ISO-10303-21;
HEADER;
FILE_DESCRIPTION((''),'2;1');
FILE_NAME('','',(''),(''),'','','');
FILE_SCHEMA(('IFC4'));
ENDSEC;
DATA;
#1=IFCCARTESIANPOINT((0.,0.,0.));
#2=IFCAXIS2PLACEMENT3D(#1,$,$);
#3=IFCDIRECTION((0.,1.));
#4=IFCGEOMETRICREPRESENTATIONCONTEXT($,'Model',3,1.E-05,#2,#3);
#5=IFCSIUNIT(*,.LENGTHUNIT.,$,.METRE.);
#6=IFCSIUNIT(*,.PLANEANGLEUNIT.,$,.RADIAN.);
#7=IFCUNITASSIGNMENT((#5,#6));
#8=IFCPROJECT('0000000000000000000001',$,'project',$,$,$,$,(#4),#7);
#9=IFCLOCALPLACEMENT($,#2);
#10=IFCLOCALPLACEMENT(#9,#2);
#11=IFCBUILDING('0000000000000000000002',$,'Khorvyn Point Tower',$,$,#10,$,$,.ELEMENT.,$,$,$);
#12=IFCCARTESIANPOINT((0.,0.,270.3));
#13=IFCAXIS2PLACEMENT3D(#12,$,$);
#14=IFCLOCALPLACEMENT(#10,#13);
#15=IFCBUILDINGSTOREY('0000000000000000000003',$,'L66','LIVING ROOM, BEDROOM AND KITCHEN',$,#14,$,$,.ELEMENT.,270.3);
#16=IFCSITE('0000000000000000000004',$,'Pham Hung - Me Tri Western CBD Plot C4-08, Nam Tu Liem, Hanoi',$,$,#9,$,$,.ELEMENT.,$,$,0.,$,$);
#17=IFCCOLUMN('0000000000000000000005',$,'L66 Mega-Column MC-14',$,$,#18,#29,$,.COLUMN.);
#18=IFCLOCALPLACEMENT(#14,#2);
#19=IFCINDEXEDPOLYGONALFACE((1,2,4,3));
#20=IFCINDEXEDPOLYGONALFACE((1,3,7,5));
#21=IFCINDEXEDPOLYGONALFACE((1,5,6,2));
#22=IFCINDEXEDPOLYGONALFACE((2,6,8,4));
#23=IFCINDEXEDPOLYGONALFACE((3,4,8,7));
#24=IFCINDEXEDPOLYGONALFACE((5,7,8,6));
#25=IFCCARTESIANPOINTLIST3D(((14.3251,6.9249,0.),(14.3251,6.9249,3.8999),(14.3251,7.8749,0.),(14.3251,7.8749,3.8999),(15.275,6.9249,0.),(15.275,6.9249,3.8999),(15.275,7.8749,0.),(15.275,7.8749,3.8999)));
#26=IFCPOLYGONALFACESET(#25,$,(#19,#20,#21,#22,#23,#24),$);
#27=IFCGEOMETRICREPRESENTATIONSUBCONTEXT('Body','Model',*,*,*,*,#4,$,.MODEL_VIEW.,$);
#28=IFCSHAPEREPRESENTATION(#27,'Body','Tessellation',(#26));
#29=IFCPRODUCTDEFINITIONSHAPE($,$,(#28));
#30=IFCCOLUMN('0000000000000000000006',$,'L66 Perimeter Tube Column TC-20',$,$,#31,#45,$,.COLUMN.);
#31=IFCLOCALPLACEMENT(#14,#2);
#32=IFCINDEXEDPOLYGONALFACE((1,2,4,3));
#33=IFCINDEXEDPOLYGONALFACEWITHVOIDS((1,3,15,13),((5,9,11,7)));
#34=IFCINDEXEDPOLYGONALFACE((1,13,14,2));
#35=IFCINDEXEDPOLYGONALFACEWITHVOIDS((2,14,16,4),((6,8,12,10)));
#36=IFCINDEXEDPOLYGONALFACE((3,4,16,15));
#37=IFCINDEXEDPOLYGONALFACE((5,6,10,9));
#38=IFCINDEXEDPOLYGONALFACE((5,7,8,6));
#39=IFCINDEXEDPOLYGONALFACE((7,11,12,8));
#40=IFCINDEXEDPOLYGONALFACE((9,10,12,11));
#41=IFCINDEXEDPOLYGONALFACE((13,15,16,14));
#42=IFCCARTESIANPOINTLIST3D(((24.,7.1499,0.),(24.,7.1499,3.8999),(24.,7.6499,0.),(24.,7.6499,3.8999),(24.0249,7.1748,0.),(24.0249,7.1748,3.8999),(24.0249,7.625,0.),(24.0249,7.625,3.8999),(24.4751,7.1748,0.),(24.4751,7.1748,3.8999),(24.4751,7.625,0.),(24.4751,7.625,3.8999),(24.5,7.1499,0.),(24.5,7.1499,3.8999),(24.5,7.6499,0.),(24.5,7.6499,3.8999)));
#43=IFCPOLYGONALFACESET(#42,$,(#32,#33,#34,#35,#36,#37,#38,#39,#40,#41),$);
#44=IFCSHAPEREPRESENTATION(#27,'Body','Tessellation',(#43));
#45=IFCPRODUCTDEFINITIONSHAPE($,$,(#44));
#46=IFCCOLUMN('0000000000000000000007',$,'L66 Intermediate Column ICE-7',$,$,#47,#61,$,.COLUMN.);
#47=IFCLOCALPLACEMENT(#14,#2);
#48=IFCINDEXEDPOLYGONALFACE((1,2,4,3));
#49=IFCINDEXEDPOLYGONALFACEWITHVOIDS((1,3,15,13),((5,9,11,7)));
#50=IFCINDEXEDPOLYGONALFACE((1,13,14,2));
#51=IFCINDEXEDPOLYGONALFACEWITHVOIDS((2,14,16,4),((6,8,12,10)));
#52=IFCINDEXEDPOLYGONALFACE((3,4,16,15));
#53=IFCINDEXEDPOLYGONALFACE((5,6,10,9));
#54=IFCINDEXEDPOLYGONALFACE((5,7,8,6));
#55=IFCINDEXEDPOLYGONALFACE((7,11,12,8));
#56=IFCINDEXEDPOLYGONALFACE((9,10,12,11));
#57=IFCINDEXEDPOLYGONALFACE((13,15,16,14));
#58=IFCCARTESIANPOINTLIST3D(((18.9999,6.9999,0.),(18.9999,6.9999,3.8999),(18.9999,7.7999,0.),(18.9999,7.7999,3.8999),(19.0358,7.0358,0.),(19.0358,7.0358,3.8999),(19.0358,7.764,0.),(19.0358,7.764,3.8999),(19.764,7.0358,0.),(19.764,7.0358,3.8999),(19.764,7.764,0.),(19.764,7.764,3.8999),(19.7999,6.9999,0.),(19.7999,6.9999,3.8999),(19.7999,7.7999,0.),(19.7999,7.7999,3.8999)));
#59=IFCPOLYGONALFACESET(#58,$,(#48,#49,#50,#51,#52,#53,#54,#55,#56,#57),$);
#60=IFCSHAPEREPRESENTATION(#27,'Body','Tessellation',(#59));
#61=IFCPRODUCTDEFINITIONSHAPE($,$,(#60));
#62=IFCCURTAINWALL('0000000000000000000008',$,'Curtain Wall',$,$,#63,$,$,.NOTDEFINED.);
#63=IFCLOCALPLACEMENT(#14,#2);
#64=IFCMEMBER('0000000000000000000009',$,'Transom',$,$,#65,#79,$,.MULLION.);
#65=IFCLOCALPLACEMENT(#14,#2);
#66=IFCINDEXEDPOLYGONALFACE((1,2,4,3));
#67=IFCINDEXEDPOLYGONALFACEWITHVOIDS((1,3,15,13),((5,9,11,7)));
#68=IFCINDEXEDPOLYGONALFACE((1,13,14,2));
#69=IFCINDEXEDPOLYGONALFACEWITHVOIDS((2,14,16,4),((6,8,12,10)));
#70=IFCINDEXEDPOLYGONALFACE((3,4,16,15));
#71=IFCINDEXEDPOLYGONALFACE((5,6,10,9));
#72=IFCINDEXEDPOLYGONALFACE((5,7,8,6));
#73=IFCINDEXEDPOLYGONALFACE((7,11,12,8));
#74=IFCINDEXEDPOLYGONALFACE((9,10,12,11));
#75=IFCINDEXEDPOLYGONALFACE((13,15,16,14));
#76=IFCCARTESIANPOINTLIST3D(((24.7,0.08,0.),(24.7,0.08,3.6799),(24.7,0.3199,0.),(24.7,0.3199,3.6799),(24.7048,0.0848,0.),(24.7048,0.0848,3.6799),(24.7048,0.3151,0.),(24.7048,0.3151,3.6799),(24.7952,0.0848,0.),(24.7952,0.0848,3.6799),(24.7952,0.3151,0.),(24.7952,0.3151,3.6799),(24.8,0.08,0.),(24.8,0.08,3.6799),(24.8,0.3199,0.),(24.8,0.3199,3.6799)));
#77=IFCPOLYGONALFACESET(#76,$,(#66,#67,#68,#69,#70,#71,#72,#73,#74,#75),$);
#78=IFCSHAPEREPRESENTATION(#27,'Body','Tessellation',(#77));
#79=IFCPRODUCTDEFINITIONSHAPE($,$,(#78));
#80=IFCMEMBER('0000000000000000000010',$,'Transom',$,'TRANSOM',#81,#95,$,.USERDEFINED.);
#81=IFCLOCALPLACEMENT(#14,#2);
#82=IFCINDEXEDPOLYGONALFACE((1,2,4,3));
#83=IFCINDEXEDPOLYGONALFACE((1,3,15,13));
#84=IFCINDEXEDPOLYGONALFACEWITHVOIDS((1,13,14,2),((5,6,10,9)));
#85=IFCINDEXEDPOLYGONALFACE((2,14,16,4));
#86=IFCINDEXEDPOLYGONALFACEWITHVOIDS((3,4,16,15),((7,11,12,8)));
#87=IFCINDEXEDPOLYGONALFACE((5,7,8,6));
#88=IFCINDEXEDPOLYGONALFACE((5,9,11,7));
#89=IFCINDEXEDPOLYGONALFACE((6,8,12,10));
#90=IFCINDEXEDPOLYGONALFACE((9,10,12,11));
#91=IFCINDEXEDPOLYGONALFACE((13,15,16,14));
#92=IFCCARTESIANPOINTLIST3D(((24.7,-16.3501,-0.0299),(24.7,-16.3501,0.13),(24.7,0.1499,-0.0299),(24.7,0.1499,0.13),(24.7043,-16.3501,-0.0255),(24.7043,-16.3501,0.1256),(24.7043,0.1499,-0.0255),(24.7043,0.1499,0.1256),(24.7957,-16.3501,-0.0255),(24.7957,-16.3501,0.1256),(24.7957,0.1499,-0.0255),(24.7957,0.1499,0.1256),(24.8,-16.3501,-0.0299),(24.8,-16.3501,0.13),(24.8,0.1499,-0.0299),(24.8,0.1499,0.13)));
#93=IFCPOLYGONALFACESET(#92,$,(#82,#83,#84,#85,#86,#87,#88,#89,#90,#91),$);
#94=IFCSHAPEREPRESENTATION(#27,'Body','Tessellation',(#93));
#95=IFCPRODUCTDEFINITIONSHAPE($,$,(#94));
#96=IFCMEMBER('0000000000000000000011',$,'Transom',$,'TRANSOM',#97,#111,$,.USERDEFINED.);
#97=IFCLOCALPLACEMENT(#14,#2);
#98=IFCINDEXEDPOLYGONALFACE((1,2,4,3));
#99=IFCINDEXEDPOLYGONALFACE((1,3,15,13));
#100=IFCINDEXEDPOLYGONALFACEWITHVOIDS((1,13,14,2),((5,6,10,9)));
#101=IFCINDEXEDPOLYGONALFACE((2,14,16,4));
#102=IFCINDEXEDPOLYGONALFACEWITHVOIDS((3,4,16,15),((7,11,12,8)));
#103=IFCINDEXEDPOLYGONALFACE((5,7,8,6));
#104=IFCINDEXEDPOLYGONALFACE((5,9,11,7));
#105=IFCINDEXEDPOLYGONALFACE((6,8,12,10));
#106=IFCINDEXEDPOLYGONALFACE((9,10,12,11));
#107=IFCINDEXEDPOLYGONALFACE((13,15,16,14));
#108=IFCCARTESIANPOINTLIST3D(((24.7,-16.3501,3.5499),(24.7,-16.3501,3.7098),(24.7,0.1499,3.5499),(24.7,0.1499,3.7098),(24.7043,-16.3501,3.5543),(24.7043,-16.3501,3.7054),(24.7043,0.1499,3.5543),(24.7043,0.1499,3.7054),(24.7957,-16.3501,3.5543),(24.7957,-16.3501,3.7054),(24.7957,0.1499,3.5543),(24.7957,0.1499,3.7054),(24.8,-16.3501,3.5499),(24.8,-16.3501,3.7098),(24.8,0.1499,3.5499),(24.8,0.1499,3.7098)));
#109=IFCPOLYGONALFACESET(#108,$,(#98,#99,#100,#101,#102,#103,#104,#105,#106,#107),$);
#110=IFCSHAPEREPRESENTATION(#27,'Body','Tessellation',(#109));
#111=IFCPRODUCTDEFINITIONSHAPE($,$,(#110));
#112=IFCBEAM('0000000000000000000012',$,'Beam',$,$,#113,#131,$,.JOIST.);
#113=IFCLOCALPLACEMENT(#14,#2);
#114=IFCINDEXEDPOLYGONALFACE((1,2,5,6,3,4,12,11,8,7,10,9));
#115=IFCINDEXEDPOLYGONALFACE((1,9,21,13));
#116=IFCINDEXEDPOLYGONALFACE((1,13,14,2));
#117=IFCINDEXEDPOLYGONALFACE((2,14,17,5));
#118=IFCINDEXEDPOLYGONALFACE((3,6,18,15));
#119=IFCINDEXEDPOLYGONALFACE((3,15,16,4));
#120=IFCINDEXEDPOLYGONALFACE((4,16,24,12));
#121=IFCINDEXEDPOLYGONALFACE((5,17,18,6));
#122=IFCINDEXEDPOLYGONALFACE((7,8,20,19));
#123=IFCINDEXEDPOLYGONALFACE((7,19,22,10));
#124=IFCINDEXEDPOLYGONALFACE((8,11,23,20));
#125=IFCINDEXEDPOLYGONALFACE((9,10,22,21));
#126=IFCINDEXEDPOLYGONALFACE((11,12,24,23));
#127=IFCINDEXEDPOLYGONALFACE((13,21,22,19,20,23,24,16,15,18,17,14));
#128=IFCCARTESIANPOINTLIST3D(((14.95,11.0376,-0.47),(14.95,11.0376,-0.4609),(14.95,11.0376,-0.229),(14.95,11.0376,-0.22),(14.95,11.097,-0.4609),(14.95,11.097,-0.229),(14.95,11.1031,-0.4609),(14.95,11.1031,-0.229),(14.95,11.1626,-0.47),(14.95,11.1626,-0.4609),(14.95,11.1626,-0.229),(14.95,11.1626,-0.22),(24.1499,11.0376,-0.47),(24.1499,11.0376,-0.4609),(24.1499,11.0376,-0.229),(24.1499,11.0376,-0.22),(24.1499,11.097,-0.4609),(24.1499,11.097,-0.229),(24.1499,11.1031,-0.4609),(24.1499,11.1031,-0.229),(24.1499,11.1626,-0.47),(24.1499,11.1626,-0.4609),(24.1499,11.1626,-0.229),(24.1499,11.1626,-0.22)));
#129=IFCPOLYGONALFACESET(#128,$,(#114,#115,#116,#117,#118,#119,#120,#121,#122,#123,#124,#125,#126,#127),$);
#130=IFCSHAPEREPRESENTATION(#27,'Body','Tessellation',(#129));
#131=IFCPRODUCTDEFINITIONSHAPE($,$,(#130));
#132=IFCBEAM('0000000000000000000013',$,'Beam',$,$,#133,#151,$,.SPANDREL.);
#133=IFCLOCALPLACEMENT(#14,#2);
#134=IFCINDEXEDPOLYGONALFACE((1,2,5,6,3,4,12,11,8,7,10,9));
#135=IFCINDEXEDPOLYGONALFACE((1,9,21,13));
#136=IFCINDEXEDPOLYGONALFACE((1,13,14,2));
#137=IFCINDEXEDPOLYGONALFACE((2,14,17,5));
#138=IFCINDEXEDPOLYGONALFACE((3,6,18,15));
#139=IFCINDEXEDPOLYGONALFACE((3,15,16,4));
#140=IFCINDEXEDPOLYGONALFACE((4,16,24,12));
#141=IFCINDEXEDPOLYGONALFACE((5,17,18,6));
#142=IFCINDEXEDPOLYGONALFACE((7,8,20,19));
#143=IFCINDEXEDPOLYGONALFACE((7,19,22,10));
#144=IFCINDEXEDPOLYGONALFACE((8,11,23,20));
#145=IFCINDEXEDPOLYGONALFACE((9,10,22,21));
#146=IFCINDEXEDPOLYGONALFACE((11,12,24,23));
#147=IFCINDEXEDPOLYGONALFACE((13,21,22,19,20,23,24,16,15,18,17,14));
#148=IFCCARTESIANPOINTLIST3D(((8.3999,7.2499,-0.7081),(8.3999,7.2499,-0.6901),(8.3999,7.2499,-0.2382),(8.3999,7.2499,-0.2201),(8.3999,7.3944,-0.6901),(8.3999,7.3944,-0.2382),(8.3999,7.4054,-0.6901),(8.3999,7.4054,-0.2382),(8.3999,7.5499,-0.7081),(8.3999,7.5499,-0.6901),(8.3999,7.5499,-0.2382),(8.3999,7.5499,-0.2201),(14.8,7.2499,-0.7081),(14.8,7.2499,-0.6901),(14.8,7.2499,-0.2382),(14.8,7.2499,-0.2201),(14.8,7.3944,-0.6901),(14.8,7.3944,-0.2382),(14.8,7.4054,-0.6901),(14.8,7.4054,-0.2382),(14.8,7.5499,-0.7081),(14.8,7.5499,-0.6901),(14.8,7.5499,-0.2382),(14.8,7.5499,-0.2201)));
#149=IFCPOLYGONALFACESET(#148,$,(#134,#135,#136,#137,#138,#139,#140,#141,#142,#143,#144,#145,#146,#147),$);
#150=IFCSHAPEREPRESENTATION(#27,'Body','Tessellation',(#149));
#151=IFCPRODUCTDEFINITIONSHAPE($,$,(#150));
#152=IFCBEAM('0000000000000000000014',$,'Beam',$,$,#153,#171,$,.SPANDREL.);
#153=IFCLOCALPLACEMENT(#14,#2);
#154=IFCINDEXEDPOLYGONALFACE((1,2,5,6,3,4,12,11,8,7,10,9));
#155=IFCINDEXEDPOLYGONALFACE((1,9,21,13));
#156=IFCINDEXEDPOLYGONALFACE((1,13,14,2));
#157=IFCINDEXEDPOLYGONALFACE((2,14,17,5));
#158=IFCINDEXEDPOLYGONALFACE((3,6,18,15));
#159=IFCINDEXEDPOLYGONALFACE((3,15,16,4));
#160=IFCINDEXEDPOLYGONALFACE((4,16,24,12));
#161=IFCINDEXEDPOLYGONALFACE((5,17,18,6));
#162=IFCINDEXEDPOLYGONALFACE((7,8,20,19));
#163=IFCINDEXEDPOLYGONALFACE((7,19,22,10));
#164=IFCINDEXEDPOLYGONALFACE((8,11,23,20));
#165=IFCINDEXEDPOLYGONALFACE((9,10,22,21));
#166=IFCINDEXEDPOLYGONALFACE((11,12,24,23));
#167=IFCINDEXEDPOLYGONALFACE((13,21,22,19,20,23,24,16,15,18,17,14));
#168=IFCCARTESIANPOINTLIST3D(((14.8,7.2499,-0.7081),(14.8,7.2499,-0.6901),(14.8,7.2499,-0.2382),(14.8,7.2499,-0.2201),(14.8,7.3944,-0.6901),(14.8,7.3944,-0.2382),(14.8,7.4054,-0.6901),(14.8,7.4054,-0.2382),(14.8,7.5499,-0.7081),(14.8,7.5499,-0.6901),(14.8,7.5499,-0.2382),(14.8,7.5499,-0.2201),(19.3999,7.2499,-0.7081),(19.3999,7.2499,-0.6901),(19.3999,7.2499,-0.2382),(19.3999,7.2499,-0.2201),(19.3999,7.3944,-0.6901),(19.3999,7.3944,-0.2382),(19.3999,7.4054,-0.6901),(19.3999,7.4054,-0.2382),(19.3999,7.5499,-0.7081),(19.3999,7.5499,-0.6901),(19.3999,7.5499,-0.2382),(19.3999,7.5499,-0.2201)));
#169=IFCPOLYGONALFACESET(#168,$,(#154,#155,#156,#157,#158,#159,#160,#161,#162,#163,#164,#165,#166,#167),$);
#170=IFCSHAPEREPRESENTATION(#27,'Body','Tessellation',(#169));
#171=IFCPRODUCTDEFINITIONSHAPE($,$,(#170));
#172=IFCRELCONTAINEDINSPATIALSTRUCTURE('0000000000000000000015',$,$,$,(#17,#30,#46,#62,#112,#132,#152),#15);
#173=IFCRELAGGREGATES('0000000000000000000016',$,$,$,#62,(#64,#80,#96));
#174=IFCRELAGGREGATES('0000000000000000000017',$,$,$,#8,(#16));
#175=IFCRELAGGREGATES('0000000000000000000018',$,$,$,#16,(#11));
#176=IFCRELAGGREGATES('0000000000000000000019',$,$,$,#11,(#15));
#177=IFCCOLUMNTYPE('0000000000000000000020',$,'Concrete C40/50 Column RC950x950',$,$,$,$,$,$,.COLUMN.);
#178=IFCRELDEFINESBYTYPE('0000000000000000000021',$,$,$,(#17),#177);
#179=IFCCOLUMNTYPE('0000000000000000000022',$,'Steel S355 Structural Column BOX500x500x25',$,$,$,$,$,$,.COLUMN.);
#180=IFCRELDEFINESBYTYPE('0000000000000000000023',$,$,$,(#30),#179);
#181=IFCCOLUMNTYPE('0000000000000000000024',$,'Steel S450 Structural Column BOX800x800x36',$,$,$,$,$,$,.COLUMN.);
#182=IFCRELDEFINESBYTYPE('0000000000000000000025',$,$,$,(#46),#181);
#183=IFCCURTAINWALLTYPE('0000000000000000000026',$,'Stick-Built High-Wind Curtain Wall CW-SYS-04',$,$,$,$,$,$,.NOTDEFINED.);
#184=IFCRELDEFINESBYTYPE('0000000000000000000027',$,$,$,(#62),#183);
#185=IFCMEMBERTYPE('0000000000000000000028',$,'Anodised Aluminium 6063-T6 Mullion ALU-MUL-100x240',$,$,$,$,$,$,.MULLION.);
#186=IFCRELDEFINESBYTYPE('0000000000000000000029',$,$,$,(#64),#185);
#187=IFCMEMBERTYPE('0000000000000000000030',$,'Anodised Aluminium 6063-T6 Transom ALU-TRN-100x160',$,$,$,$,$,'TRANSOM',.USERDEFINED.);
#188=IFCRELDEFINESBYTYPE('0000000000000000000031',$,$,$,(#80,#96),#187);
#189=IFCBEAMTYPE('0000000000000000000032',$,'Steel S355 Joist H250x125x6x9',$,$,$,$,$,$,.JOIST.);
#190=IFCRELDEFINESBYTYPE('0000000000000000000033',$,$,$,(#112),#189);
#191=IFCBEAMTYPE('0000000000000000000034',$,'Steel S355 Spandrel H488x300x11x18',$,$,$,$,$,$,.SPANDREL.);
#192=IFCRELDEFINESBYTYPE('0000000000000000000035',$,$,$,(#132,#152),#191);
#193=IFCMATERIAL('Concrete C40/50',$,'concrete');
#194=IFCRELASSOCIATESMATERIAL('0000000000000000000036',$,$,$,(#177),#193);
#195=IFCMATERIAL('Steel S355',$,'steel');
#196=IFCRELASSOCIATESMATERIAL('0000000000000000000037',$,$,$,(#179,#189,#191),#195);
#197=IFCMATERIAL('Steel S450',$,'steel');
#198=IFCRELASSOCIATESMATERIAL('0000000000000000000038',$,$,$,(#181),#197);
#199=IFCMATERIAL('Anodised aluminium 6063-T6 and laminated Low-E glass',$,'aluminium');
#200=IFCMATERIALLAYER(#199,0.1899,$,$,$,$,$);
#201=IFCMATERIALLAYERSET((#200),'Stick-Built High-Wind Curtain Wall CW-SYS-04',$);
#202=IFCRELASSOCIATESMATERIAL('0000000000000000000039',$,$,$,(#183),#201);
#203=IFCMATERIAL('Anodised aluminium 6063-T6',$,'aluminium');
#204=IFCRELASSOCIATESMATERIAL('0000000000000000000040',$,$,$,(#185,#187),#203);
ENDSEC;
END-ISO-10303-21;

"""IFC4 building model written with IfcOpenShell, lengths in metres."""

from ifc_helpers import new_model, si_unit, direction, frame, origin, origin_2d, place, context, subcontext, project, spatial, rectangle, hollow_rectangle, i_section, extrude, material, layer, layer_set, material_profile, profile_set, type_object, element, aggregate, save


model = new_model("IFC4")

# Units and contexts
model_context = context("Model", 3, precision=1e-05, world=origin(), true_north=direction((0.0, 1.0)))
body_context = subcontext(model_context, "Body", "Model", "MODEL_VIEW")
ifc_project = project(units=[si_unit("LENGTHUNIT", "METRE"), si_unit("PLANEANGLEUNIT", "RADIAN")], contexts=[model_context])

# Site, building, storey
site_placement = place(None, origin())
site = spatial("IfcSite", under=ifc_project, at=site_placement, Name="Pham Hung - Me Tri Western CBD Plot C4-08, Nam Tu Liem, Hanoi", CompositionType="ELEMENT", RefElevation=0.0)
building_placement = place(site_placement, origin())
building = spatial("IfcBuilding", under=site, at=building_placement, Name="Khorvyn Point Tower", CompositionType="ELEMENT")
storey_placement = place(building_placement, frame((0.0, 0.0, 270.3)))
storey = spatial("IfcBuildingStorey", under=building, at=storey_placement, Name="L66", Description="LIVING ROOM, BEDROOM AND KITCHEN", CompositionType="ELEMENT", Elevation=270.3)

# Columns
ifc_material_1 = material(Name="Concrete C40/50", Category="concrete")
ifc_material_profile_1 = material_profile(ifc_material_1, rectangle(XDim=0.95, YDim=0.95, at=origin_2d()))
ifc_profile_set_1 = profile_set([ifc_material_profile_1], Name="Concrete C40/50 RC950x950")
column_type_1 = type_object("IfcColumnType", Name="Concrete C40/50 Column RC950x950", PredefinedType="COLUMN", material=ifc_profile_set_1)
column_1_placement = place(storey_placement, frame((14.8, 7.3999, 0.0), z_axis=(0.0, 0.0, 1.0), x_axis=(1.0, 0.0, 0.0)))
element("IfcColumn", 1, at=column_1_placement, inside=storey, type_object=column_type_1, Name="L66 Mega-Column MC-14", PredefinedType="COLUMN", context=body_context, shape_type="SweptSolid", body=[
    extrude(rectangle(XDim=0.95, YDim=0.95, at=origin_2d()), origin(), (0.0, 0.0, 1.0), 3.8999),
])
ifc_material_2 = material(Name="Steel S355", Category="steel")
ifc_material_profile_2 = material_profile(ifc_material_2, hollow_rectangle(XDim=0.5, YDim=0.5, WallThickness=0.0249, at=origin_2d()))
ifc_profile_set_2 = profile_set([ifc_material_profile_2], Name="Steel S355 BOX500x500x25")
column_type_2 = type_object("IfcColumnType", Name="Steel S355 Structural Column BOX500x500x25", PredefinedType="COLUMN", material=ifc_profile_set_2)
column_2_placement = place(storey_placement, frame((24.25, 7.3999, 0.0), z_axis=(0.0, 0.0, 1.0), x_axis=(1.0, 0.0, 0.0)))
element("IfcColumn", 2, at=column_2_placement, inside=storey, type_object=column_type_2, Name="L66 Perimeter Tube Column TC-20", PredefinedType="COLUMN", context=body_context, shape_type="SweptSolid", body=[
    extrude(hollow_rectangle(XDim=0.5, YDim=0.5, WallThickness=0.0249, at=origin_2d()), origin(), (0.0, 0.0, 1.0), 3.8999),
])
ifc_material_3 = material(Name="Steel S450", Category="steel")
ifc_material_profile_3 = material_profile(ifc_material_3, hollow_rectangle(XDim=0.8, YDim=0.8, WallThickness=0.0359, at=origin_2d()))
ifc_profile_set_3 = profile_set([ifc_material_profile_3], Name="Steel S450 BOX800x800x36")
column_type_3 = type_object("IfcColumnType", Name="Steel S450 Structural Column BOX800x800x36", PredefinedType="COLUMN", material=ifc_profile_set_3)
column_3_placement = place(storey_placement, frame((19.3999, 7.3999, 0.0), z_axis=(0.0, 0.0, 1.0), x_axis=(1.0, 0.0, 0.0)))
element("IfcColumn", 3, at=column_3_placement, inside=storey, type_object=column_type_3, Name="L66 Intermediate Column ICE-7", PredefinedType="COLUMN", context=body_context, shape_type="SweptSolid", body=[
    extrude(hollow_rectangle(XDim=0.8, YDim=0.8, WallThickness=0.0359, at=origin_2d()), origin(), (0.0, 0.0, 1.0), 3.8999),
])

# Curtain wall, members
ifc_material_4 = material(Name="Anodised aluminium 6063-T6 and laminated Low-E glass", Category="aluminium")
ifc_layer_1 = layer(ifc_material_4, 0.1899)
ifc_layer_set_1 = layer_set([ifc_layer_1], Name="Stick-Built High-Wind Curtain Wall CW-SYS-04")
curtain_wall_type = type_object("IfcCurtainWallType", Name="Stick-Built High-Wind Curtain Wall CW-SYS-04", PredefinedType="NOTDEFINED", material=ifc_layer_set_1)
curtain_wall_placement = place(storey_placement, origin())
curtain_wall = element("IfcCurtainWall", 4, at=curtain_wall_placement, inside=storey, type_object=curtain_wall_type, Name="Curtain Wall", PredefinedType="NOTDEFINED")
ifc_material_5 = material(Name="Anodised aluminium 6063-T6", Category="aluminium")
ifc_material_profile_4 = material_profile(ifc_material_5, hollow_rectangle(XDim=0.1001, YDim=0.24, WallThickness=0.0049, at=origin_2d()))
ifc_profile_set_4 = profile_set([ifc_material_profile_4], Name="Anodised aluminium 6063-T6 ALU-MUL-100x240")
member_type_1 = type_object("IfcMemberType", Name="Anodised Aluminium 6063-T6 Mullion ALU-MUL-100x240", PredefinedType="MULLION", material=ifc_profile_set_4)
member_1_placement = place(storey_placement, frame((24.75, 0.2, 0.0), z_axis=(0.0, 0.0, 1.0), x_axis=(1.0, 0.0, 0.0)))
member_1 = element("IfcMember", 5, at=member_1_placement, type_object=member_type_1, Name="Transom", PredefinedType="MULLION", context=body_context, shape_type="SweptSolid", body=[
    extrude(hollow_rectangle(XDim=0.1001, YDim=0.24, WallThickness=0.0049, at=origin_2d()), origin(), (0.0, 0.0, 1.0), 3.6799),
])
ifc_material_profile_5 = material_profile(ifc_material_5, hollow_rectangle(XDim=0.1001, YDim=0.1599, WallThickness=0.0044, at=origin_2d()))
ifc_profile_set_5 = profile_set([ifc_material_profile_5], Name="Anodised aluminium 6063-T6 ALU-TRN-100x160")
member_type_2 = type_object("IfcMemberType", Name="Anodised Aluminium 6063-T6 Transom ALU-TRN-100x160", ElementType="TRANSOM", PredefinedType="USERDEFINED", material=ifc_profile_set_5)
member_2_placement = place(storey_placement, frame((24.75, 0.1499, 0.05), z_axis=(0.0, -1.0, 0.0), x_axis=(1.0, 0.0, 0.0)))
member_2 = element("IfcMember", 6, at=member_2_placement, type_object=member_type_2, Name="Transom", ObjectType="TRANSOM", PredefinedType="USERDEFINED", context=body_context, shape_type="SweptSolid", body=[
    extrude(hollow_rectangle(XDim=0.1001, YDim=0.1599, WallThickness=0.0044, at=origin_2d()), origin(), (0.0, 0.0, 1.0), 16.5),
])
member_3_placement = place(storey_placement, frame((24.75, 0.1499, 3.6299), z_axis=(0.0, -1.0, 0.0), x_axis=(1.0, 0.0, 0.0)))
member_3 = element("IfcMember", 7, at=member_3_placement, type_object=member_type_2, Name="Transom", ObjectType="TRANSOM", PredefinedType="USERDEFINED", context=body_context, shape_type="SweptSolid", body=[
    extrude(hollow_rectangle(XDim=0.1001, YDim=0.1599, WallThickness=0.0044, at=origin_2d()), origin(), (0.0, 0.0, 1.0), 16.5),
])

# Beams
ifc_material_profile_6 = material_profile(ifc_material_2, i_section(OverallWidth=0.125, OverallDepth=0.25, WebThickness=0.0061, FlangeThickness=0.009, at=origin_2d()))
ifc_profile_set_6 = profile_set([ifc_material_profile_6], Name="Steel S355 H250x125x6x9")
beam_type_1 = type_object("IfcBeamType", Name="Steel S355 Joist H250x125x6x9", PredefinedType="JOIST", material=ifc_profile_set_6)
beam_1_placement = place(storey_placement, frame((14.95, 11.1001, -0.345), z_axis=(1.0, 0.0, 0.0), x_axis=(0.0, 1.0, 0.0)))
element("IfcBeam", 8, at=beam_1_placement, inside=storey, type_object=beam_type_1, Name="Beam", PredefinedType="JOIST", context=body_context, shape_type="SweptSolid", body=[
    extrude(i_section(OverallWidth=0.125, OverallDepth=0.25, WebThickness=0.0061, FlangeThickness=0.009, at=origin_2d()), origin(), (0.0, 0.0, 1.0), 9.2),
])
ifc_material_profile_7 = material_profile(ifc_material_2, i_section(OverallWidth=0.3, OverallDepth=0.488, WebThickness=0.011, FlangeThickness=0.0181, at=origin_2d()))
ifc_profile_set_7 = profile_set([ifc_material_profile_7], Name="Steel S355 H488x300x11x18")
beam_type_2 = type_object("IfcBeamType", Name="Steel S355 Spandrel H488x300x11x18", PredefinedType="SPANDREL", material=ifc_profile_set_7)
beam_2_placement = place(storey_placement, frame((8.3999, 7.3999, -0.4641), z_axis=(1.0, 0.0, 0.0), x_axis=(0.0, 1.0, 0.0)))
element("IfcBeam", 9, at=beam_2_placement, inside=storey, type_object=beam_type_2, Name="Beam", PredefinedType="SPANDREL", context=body_context, shape_type="SweptSolid", body=[
    extrude(i_section(OverallWidth=0.3, OverallDepth=0.488, WebThickness=0.011, FlangeThickness=0.0181, at=origin_2d()), origin(), (0.0, 0.0, 1.0), 6.4001),
])
beam_3_placement = place(storey_placement, frame((14.8, 7.3999, -0.4641), z_axis=(1.0, 0.0, 0.0), x_axis=(0.0, 1.0, 0.0)))
element("IfcBeam", 10, at=beam_3_placement, inside=storey, type_object=beam_type_2, Name="Beam", PredefinedType="SPANDREL", context=body_context, shape_type="SweptSolid", body=[
    extrude(i_section(OverallWidth=0.3, OverallDepth=0.488, WebThickness=0.011, FlangeThickness=0.0181, at=origin_2d()), origin(), (0.0, 0.0, 1.0), 4.5999),
])

aggregate(curtain_wall, [member_1, member_2, member_3])

save(model, "model.ifc")
